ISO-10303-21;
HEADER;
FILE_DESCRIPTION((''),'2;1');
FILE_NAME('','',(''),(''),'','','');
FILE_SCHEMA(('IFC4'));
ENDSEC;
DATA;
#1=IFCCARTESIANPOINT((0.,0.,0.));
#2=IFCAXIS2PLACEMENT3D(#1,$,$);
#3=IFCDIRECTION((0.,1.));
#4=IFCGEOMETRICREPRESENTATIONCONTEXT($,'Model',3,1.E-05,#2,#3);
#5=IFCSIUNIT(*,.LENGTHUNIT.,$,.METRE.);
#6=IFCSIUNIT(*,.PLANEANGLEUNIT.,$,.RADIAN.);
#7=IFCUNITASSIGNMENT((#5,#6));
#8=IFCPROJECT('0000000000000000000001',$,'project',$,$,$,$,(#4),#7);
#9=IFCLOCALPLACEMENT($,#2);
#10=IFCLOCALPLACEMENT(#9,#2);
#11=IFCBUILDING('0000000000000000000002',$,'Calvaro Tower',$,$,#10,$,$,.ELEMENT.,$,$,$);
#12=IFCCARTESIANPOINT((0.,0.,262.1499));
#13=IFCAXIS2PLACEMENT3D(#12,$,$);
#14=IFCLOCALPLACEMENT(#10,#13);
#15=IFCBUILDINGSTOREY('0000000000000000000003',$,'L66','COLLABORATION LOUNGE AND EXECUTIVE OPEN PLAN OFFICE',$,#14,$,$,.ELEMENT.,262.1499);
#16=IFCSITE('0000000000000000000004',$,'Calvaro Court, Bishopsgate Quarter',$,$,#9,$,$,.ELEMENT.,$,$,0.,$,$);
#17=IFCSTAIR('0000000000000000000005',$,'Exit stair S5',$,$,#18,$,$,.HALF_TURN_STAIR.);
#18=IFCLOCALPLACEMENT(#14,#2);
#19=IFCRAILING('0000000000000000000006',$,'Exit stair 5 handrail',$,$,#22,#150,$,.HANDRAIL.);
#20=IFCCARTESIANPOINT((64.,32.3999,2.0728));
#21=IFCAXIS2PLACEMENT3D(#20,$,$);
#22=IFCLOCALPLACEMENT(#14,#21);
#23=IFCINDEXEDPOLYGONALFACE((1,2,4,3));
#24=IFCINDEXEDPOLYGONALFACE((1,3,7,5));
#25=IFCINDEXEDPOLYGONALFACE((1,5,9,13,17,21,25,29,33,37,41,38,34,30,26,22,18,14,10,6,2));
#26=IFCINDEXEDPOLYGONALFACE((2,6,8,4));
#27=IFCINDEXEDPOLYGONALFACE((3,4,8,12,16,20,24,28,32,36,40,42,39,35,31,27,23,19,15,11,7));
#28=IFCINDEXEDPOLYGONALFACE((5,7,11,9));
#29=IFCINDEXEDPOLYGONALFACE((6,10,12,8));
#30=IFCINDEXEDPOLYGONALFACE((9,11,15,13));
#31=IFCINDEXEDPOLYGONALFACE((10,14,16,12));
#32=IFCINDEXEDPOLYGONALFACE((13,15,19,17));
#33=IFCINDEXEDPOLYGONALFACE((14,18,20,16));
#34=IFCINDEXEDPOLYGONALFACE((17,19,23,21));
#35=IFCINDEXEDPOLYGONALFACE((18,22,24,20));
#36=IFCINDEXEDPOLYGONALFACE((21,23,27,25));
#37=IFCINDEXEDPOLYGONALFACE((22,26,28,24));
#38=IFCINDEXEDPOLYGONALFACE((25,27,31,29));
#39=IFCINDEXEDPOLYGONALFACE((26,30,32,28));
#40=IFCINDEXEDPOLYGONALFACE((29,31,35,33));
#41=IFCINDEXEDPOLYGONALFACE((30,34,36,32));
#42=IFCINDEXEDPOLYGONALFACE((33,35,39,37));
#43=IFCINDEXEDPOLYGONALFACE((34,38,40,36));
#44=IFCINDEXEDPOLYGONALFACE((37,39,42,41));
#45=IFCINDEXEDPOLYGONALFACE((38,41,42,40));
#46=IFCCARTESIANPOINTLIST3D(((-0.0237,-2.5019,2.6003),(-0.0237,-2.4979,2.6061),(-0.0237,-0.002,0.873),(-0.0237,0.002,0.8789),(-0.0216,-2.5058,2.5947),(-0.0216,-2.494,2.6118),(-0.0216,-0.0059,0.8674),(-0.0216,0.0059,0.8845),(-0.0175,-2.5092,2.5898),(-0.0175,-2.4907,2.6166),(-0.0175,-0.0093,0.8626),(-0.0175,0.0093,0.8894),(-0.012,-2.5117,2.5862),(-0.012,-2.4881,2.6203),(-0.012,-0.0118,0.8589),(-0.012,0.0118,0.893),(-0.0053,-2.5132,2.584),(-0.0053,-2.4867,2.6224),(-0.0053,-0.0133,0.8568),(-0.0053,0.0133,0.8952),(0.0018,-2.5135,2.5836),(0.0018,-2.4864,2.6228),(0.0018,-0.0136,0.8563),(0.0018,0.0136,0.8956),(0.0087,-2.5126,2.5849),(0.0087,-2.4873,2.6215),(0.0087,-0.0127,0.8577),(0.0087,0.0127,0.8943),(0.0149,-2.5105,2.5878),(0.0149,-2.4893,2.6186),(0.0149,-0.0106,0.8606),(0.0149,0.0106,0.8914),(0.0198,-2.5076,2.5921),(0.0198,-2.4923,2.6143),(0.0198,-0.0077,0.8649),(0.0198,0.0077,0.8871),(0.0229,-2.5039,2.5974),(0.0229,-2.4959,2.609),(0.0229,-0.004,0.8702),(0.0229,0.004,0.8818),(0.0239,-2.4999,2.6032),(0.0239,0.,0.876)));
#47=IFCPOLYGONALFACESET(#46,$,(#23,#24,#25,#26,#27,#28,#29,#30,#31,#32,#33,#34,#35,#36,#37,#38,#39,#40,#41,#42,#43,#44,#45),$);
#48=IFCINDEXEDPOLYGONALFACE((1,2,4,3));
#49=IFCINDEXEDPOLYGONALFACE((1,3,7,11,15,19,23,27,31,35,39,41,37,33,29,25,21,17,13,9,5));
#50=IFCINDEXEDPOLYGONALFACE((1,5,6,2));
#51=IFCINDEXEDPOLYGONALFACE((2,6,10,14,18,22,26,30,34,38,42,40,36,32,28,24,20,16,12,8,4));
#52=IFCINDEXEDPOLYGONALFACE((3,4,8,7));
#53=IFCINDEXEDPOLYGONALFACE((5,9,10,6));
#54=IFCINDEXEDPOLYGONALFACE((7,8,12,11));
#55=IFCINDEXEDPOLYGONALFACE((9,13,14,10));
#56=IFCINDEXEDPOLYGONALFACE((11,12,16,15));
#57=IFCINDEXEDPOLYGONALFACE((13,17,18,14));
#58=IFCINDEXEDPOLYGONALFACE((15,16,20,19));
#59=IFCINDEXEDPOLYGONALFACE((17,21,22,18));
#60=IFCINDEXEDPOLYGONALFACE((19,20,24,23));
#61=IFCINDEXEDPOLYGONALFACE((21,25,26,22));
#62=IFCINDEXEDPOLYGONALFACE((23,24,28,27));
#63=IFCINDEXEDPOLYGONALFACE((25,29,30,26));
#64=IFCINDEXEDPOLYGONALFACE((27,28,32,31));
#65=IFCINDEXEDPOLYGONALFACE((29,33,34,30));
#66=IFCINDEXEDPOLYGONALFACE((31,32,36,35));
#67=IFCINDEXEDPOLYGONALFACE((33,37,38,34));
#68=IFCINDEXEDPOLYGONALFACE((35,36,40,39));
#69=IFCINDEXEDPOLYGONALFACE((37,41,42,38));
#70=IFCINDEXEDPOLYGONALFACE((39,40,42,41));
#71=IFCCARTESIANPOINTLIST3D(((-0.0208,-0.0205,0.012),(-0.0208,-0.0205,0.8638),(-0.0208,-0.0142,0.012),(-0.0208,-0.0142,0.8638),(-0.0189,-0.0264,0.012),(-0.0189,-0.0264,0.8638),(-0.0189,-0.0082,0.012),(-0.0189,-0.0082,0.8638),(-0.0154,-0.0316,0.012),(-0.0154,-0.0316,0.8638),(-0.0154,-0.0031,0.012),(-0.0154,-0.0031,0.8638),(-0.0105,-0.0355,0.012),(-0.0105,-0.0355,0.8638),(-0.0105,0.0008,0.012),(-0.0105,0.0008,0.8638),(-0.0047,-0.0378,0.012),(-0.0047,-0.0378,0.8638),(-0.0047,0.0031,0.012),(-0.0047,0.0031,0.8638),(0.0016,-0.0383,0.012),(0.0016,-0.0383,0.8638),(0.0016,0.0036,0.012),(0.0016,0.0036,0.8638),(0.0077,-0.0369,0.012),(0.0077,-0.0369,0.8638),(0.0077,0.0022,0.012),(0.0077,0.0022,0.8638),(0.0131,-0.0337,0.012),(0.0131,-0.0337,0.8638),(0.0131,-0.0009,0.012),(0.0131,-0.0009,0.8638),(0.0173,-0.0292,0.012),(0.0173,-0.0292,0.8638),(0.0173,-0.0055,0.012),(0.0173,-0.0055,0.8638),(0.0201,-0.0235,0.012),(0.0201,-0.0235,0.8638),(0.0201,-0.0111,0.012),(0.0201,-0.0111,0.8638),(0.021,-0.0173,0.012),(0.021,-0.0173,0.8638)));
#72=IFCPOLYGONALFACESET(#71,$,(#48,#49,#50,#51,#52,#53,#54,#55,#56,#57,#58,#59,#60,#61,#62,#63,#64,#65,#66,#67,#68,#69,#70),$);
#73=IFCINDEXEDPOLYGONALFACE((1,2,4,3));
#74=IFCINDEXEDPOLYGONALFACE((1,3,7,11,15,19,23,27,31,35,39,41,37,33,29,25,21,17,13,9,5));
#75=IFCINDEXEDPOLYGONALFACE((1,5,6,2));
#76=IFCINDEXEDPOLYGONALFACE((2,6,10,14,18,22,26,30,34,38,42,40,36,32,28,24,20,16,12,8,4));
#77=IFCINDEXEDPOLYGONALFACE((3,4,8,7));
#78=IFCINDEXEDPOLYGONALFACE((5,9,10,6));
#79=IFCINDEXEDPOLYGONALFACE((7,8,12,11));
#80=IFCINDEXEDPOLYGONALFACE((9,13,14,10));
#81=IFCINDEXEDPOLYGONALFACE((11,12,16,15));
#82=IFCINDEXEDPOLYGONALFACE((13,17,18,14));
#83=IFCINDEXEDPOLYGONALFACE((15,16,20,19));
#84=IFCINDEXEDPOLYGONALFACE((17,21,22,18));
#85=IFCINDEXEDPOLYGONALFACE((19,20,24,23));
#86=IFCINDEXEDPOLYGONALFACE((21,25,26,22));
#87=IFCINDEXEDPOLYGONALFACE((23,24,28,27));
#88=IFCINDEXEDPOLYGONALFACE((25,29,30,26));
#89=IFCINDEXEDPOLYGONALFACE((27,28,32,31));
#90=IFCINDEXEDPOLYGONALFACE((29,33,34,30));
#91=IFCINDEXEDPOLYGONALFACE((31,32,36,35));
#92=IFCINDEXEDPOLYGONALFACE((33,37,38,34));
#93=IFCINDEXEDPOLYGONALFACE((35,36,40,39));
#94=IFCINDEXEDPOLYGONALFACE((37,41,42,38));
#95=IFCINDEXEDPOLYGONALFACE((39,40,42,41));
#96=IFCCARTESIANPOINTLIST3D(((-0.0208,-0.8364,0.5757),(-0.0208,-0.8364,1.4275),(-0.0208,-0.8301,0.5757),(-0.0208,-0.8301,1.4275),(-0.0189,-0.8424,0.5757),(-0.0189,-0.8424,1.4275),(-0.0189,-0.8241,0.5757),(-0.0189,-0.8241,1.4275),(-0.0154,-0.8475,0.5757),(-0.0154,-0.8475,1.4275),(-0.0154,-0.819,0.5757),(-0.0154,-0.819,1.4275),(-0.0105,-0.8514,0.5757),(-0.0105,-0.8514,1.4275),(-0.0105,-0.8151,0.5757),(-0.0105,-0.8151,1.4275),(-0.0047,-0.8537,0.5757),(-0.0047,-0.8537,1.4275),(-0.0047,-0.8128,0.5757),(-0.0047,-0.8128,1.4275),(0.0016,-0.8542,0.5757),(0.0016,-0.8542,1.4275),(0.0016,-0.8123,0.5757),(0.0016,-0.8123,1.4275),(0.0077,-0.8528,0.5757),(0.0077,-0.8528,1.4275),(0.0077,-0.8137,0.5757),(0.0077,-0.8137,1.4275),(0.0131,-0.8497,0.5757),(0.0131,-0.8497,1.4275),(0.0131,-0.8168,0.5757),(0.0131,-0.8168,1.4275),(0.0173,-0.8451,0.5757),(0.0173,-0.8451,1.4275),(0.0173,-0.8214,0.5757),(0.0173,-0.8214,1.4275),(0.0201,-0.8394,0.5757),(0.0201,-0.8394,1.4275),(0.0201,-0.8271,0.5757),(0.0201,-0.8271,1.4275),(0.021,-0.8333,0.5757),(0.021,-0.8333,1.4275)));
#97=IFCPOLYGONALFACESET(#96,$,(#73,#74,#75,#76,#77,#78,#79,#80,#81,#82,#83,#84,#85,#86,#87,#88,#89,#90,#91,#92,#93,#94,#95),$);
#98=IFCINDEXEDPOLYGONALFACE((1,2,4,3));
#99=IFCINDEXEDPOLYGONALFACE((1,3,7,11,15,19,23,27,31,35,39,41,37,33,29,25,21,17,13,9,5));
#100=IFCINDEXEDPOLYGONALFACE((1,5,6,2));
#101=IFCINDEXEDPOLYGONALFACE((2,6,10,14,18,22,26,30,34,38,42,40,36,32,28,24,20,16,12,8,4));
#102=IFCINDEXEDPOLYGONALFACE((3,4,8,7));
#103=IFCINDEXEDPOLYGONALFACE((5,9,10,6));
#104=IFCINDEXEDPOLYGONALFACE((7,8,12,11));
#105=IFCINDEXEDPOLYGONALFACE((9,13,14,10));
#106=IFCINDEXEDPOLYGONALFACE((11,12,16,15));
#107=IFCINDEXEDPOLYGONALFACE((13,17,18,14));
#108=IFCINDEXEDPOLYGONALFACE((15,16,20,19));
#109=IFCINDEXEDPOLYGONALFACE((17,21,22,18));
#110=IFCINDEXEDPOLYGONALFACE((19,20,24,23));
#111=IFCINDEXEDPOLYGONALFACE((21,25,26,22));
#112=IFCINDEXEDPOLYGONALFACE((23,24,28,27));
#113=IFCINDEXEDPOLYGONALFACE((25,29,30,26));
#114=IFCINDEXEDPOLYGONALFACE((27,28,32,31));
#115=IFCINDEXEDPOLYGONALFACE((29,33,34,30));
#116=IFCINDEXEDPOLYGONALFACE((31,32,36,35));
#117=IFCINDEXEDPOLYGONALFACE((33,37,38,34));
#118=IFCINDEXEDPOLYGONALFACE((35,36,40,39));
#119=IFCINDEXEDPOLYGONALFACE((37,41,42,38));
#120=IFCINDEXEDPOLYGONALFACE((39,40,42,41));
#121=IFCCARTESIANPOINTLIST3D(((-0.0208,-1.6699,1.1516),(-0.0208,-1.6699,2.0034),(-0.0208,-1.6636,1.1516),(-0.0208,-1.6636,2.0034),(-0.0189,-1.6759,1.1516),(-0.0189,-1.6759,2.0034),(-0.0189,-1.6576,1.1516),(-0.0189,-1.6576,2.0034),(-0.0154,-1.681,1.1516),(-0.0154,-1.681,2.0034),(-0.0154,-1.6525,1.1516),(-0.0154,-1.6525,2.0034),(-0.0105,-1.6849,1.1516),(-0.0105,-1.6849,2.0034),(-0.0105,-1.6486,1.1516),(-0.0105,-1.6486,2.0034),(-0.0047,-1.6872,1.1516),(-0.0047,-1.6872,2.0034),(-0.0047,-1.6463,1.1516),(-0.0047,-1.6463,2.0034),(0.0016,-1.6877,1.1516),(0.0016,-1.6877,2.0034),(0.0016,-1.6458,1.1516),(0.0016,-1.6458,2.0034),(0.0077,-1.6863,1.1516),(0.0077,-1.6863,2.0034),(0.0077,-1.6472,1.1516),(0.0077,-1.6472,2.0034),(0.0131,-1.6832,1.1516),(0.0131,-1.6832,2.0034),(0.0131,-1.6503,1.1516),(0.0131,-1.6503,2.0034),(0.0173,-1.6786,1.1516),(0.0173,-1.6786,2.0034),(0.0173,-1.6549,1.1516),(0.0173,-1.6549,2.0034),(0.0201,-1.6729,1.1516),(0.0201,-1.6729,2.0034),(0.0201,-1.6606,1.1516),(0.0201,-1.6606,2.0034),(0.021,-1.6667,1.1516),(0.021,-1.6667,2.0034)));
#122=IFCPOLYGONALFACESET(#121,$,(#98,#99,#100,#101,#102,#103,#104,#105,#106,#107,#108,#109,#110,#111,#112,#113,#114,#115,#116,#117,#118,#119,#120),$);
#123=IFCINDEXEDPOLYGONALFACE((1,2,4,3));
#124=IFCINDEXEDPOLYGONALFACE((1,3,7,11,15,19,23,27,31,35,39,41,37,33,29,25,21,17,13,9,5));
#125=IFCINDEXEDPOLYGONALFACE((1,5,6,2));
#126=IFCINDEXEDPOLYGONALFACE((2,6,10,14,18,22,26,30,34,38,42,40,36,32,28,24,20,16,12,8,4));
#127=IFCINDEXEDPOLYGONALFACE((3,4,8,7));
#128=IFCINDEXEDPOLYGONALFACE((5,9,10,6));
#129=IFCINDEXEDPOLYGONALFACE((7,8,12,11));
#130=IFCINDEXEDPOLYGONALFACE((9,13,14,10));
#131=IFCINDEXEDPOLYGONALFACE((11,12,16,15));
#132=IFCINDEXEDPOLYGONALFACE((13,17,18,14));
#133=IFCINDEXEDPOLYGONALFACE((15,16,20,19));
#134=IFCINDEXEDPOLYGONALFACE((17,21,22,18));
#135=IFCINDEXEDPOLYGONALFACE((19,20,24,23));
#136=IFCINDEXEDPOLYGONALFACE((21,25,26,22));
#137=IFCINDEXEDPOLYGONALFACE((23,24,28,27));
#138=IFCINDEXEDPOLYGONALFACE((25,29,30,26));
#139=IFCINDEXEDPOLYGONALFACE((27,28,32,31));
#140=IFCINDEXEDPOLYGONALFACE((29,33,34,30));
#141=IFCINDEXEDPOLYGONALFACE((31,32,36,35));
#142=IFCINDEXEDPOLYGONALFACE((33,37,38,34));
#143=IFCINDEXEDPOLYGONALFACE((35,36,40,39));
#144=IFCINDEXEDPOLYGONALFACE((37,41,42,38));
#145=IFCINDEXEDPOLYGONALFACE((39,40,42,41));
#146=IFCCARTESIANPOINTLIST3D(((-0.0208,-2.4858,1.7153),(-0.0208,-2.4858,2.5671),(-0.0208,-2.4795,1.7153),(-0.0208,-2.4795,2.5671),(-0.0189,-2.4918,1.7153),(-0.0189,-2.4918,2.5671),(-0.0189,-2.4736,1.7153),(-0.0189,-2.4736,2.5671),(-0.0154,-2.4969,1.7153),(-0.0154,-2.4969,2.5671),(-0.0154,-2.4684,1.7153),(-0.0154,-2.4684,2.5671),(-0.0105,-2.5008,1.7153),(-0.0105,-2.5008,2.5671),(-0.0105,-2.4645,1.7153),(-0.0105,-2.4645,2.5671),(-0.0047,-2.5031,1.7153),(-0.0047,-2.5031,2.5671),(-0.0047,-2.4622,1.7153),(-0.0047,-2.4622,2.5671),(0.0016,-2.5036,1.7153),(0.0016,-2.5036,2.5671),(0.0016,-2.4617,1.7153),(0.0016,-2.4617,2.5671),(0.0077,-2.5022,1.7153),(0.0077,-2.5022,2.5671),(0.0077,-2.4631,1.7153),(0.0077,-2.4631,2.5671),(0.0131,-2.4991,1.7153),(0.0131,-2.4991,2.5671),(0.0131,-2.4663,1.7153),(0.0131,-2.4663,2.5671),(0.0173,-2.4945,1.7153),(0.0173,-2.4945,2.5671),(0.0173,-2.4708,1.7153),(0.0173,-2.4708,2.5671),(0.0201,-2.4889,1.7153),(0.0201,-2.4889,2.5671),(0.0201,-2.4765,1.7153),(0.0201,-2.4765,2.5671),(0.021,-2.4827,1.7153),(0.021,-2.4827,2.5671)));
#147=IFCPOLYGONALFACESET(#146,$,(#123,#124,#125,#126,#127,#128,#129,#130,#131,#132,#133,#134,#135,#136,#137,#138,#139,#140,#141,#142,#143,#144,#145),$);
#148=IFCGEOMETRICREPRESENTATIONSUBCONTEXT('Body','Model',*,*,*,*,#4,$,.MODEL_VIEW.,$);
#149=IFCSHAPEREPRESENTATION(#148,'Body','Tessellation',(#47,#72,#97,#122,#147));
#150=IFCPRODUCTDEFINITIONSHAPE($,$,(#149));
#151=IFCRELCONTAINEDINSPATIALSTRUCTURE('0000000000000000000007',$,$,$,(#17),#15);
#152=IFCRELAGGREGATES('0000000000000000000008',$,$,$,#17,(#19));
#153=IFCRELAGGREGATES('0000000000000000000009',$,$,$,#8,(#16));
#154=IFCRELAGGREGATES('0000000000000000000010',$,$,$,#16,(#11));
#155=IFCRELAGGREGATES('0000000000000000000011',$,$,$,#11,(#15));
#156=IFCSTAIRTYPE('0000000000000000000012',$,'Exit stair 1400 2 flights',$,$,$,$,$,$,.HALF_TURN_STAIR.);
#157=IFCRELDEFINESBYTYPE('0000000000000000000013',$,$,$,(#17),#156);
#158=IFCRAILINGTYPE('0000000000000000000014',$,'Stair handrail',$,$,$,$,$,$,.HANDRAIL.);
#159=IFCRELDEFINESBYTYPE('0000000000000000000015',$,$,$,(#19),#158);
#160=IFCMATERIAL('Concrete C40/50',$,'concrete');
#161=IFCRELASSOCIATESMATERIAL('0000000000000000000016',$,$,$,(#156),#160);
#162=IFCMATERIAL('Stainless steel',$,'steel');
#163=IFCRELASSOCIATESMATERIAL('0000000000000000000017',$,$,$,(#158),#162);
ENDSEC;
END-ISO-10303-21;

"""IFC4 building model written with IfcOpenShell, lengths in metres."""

from ifc_helpers import new_model, si_unit, direction, frame, origin, origin_2d, place, context, subcontext, project, spatial, circle, extrude, material, type_object, element, aggregate, save


model = new_model("IFC4")

# Units and contexts
model_context = context("Model", 3, precision=1e-05, world=origin(), true_north=direction((0.0, 1.0)))
body_context = subcontext(model_context, "Body", "Model", "MODEL_VIEW")
ifc_project = project(units=[si_unit("LENGTHUNIT", "METRE"), si_unit("PLANEANGLEUNIT", "RADIAN")], contexts=[model_context])

# Site, building, storey
site_placement = place(None, origin())
site = spatial("IfcSite", under=ifc_project, at=site_placement, Name="Calvaro Court, Bishopsgate Quarter", CompositionType="ELEMENT", RefElevation=0.0)
building_placement = place(site_placement, origin())
building = spatial("IfcBuilding", under=site, at=building_placement, Name="Calvaro Tower", CompositionType="ELEMENT")
storey_placement = place(building_placement, frame((0.0, 0.0, 262.1499)))
storey = spatial("IfcBuildingStorey", under=building, at=storey_placement, Name="L66", Description="COLLABORATION LOUNGE AND EXECUTIVE OPEN PLAN OFFICE", CompositionType="ELEMENT", Elevation=262.1499)

# Stair, railing
ifc_material_1 = material(Name="Concrete C40/50", Category="concrete")
stair_type = type_object("IfcStairType", Name="Exit stair 1400 2 flights", PredefinedType="HALF_TURN_STAIR", material=ifc_material_1)
stair_placement = place(storey_placement, origin())
stair = element("IfcStair", 1, at=stair_placement, inside=storey, type_object=stair_type, Name="Exit stair S5", PredefinedType="HALF_TURN_STAIR")
ifc_material_2 = material(Name="Stainless steel", Category="steel")
railing_type = type_object("IfcRailingType", Name="Stair handrail", PredefinedType="HANDRAIL", material=ifc_material_2)
railing_1_placement = place(storey_placement, frame((64.0, 32.3999, 2.0728)))
railing_1 = element("IfcRailing", 2, at=railing_1_placement, type_object=railing_type, Name="Exit stair 5 handrail", PredefinedType="HANDRAIL", context=body_context, shape_type="SweptSolid", body=[
    extrude(circle(Radius=0.0239, at=origin_2d()), frame((0.0, 0.0, 0.876), z_axis=(0.0, -0.822727, 0.568437), x_axis=(1.0, 0.0, 0.0)), (0.0, 0.0, 1.0), 3.0386),
    extrude(circle(Radius=0.021, at=origin_2d()), frame((0.0, -0.0173, 0.012)), (0.0, 0.0, 1.0), 0.8518),
    extrude(circle(Radius=0.021, at=origin_2d()), frame((0.0, -0.8333, 0.5757)), (0.0, 0.0, 1.0), 0.8518),
    extrude(circle(Radius=0.021, at=origin_2d()), frame((0.0, -1.6667, 1.1516)), (0.0, 0.0, 1.0), 0.8518),
    extrude(circle(Radius=0.021, at=origin_2d()), frame((0.0, -2.4827, 1.7153)), (0.0, 0.0, 1.0), 0.8518),
])
aggregate(stair, [railing_1])

save(model, "model.ifc")
